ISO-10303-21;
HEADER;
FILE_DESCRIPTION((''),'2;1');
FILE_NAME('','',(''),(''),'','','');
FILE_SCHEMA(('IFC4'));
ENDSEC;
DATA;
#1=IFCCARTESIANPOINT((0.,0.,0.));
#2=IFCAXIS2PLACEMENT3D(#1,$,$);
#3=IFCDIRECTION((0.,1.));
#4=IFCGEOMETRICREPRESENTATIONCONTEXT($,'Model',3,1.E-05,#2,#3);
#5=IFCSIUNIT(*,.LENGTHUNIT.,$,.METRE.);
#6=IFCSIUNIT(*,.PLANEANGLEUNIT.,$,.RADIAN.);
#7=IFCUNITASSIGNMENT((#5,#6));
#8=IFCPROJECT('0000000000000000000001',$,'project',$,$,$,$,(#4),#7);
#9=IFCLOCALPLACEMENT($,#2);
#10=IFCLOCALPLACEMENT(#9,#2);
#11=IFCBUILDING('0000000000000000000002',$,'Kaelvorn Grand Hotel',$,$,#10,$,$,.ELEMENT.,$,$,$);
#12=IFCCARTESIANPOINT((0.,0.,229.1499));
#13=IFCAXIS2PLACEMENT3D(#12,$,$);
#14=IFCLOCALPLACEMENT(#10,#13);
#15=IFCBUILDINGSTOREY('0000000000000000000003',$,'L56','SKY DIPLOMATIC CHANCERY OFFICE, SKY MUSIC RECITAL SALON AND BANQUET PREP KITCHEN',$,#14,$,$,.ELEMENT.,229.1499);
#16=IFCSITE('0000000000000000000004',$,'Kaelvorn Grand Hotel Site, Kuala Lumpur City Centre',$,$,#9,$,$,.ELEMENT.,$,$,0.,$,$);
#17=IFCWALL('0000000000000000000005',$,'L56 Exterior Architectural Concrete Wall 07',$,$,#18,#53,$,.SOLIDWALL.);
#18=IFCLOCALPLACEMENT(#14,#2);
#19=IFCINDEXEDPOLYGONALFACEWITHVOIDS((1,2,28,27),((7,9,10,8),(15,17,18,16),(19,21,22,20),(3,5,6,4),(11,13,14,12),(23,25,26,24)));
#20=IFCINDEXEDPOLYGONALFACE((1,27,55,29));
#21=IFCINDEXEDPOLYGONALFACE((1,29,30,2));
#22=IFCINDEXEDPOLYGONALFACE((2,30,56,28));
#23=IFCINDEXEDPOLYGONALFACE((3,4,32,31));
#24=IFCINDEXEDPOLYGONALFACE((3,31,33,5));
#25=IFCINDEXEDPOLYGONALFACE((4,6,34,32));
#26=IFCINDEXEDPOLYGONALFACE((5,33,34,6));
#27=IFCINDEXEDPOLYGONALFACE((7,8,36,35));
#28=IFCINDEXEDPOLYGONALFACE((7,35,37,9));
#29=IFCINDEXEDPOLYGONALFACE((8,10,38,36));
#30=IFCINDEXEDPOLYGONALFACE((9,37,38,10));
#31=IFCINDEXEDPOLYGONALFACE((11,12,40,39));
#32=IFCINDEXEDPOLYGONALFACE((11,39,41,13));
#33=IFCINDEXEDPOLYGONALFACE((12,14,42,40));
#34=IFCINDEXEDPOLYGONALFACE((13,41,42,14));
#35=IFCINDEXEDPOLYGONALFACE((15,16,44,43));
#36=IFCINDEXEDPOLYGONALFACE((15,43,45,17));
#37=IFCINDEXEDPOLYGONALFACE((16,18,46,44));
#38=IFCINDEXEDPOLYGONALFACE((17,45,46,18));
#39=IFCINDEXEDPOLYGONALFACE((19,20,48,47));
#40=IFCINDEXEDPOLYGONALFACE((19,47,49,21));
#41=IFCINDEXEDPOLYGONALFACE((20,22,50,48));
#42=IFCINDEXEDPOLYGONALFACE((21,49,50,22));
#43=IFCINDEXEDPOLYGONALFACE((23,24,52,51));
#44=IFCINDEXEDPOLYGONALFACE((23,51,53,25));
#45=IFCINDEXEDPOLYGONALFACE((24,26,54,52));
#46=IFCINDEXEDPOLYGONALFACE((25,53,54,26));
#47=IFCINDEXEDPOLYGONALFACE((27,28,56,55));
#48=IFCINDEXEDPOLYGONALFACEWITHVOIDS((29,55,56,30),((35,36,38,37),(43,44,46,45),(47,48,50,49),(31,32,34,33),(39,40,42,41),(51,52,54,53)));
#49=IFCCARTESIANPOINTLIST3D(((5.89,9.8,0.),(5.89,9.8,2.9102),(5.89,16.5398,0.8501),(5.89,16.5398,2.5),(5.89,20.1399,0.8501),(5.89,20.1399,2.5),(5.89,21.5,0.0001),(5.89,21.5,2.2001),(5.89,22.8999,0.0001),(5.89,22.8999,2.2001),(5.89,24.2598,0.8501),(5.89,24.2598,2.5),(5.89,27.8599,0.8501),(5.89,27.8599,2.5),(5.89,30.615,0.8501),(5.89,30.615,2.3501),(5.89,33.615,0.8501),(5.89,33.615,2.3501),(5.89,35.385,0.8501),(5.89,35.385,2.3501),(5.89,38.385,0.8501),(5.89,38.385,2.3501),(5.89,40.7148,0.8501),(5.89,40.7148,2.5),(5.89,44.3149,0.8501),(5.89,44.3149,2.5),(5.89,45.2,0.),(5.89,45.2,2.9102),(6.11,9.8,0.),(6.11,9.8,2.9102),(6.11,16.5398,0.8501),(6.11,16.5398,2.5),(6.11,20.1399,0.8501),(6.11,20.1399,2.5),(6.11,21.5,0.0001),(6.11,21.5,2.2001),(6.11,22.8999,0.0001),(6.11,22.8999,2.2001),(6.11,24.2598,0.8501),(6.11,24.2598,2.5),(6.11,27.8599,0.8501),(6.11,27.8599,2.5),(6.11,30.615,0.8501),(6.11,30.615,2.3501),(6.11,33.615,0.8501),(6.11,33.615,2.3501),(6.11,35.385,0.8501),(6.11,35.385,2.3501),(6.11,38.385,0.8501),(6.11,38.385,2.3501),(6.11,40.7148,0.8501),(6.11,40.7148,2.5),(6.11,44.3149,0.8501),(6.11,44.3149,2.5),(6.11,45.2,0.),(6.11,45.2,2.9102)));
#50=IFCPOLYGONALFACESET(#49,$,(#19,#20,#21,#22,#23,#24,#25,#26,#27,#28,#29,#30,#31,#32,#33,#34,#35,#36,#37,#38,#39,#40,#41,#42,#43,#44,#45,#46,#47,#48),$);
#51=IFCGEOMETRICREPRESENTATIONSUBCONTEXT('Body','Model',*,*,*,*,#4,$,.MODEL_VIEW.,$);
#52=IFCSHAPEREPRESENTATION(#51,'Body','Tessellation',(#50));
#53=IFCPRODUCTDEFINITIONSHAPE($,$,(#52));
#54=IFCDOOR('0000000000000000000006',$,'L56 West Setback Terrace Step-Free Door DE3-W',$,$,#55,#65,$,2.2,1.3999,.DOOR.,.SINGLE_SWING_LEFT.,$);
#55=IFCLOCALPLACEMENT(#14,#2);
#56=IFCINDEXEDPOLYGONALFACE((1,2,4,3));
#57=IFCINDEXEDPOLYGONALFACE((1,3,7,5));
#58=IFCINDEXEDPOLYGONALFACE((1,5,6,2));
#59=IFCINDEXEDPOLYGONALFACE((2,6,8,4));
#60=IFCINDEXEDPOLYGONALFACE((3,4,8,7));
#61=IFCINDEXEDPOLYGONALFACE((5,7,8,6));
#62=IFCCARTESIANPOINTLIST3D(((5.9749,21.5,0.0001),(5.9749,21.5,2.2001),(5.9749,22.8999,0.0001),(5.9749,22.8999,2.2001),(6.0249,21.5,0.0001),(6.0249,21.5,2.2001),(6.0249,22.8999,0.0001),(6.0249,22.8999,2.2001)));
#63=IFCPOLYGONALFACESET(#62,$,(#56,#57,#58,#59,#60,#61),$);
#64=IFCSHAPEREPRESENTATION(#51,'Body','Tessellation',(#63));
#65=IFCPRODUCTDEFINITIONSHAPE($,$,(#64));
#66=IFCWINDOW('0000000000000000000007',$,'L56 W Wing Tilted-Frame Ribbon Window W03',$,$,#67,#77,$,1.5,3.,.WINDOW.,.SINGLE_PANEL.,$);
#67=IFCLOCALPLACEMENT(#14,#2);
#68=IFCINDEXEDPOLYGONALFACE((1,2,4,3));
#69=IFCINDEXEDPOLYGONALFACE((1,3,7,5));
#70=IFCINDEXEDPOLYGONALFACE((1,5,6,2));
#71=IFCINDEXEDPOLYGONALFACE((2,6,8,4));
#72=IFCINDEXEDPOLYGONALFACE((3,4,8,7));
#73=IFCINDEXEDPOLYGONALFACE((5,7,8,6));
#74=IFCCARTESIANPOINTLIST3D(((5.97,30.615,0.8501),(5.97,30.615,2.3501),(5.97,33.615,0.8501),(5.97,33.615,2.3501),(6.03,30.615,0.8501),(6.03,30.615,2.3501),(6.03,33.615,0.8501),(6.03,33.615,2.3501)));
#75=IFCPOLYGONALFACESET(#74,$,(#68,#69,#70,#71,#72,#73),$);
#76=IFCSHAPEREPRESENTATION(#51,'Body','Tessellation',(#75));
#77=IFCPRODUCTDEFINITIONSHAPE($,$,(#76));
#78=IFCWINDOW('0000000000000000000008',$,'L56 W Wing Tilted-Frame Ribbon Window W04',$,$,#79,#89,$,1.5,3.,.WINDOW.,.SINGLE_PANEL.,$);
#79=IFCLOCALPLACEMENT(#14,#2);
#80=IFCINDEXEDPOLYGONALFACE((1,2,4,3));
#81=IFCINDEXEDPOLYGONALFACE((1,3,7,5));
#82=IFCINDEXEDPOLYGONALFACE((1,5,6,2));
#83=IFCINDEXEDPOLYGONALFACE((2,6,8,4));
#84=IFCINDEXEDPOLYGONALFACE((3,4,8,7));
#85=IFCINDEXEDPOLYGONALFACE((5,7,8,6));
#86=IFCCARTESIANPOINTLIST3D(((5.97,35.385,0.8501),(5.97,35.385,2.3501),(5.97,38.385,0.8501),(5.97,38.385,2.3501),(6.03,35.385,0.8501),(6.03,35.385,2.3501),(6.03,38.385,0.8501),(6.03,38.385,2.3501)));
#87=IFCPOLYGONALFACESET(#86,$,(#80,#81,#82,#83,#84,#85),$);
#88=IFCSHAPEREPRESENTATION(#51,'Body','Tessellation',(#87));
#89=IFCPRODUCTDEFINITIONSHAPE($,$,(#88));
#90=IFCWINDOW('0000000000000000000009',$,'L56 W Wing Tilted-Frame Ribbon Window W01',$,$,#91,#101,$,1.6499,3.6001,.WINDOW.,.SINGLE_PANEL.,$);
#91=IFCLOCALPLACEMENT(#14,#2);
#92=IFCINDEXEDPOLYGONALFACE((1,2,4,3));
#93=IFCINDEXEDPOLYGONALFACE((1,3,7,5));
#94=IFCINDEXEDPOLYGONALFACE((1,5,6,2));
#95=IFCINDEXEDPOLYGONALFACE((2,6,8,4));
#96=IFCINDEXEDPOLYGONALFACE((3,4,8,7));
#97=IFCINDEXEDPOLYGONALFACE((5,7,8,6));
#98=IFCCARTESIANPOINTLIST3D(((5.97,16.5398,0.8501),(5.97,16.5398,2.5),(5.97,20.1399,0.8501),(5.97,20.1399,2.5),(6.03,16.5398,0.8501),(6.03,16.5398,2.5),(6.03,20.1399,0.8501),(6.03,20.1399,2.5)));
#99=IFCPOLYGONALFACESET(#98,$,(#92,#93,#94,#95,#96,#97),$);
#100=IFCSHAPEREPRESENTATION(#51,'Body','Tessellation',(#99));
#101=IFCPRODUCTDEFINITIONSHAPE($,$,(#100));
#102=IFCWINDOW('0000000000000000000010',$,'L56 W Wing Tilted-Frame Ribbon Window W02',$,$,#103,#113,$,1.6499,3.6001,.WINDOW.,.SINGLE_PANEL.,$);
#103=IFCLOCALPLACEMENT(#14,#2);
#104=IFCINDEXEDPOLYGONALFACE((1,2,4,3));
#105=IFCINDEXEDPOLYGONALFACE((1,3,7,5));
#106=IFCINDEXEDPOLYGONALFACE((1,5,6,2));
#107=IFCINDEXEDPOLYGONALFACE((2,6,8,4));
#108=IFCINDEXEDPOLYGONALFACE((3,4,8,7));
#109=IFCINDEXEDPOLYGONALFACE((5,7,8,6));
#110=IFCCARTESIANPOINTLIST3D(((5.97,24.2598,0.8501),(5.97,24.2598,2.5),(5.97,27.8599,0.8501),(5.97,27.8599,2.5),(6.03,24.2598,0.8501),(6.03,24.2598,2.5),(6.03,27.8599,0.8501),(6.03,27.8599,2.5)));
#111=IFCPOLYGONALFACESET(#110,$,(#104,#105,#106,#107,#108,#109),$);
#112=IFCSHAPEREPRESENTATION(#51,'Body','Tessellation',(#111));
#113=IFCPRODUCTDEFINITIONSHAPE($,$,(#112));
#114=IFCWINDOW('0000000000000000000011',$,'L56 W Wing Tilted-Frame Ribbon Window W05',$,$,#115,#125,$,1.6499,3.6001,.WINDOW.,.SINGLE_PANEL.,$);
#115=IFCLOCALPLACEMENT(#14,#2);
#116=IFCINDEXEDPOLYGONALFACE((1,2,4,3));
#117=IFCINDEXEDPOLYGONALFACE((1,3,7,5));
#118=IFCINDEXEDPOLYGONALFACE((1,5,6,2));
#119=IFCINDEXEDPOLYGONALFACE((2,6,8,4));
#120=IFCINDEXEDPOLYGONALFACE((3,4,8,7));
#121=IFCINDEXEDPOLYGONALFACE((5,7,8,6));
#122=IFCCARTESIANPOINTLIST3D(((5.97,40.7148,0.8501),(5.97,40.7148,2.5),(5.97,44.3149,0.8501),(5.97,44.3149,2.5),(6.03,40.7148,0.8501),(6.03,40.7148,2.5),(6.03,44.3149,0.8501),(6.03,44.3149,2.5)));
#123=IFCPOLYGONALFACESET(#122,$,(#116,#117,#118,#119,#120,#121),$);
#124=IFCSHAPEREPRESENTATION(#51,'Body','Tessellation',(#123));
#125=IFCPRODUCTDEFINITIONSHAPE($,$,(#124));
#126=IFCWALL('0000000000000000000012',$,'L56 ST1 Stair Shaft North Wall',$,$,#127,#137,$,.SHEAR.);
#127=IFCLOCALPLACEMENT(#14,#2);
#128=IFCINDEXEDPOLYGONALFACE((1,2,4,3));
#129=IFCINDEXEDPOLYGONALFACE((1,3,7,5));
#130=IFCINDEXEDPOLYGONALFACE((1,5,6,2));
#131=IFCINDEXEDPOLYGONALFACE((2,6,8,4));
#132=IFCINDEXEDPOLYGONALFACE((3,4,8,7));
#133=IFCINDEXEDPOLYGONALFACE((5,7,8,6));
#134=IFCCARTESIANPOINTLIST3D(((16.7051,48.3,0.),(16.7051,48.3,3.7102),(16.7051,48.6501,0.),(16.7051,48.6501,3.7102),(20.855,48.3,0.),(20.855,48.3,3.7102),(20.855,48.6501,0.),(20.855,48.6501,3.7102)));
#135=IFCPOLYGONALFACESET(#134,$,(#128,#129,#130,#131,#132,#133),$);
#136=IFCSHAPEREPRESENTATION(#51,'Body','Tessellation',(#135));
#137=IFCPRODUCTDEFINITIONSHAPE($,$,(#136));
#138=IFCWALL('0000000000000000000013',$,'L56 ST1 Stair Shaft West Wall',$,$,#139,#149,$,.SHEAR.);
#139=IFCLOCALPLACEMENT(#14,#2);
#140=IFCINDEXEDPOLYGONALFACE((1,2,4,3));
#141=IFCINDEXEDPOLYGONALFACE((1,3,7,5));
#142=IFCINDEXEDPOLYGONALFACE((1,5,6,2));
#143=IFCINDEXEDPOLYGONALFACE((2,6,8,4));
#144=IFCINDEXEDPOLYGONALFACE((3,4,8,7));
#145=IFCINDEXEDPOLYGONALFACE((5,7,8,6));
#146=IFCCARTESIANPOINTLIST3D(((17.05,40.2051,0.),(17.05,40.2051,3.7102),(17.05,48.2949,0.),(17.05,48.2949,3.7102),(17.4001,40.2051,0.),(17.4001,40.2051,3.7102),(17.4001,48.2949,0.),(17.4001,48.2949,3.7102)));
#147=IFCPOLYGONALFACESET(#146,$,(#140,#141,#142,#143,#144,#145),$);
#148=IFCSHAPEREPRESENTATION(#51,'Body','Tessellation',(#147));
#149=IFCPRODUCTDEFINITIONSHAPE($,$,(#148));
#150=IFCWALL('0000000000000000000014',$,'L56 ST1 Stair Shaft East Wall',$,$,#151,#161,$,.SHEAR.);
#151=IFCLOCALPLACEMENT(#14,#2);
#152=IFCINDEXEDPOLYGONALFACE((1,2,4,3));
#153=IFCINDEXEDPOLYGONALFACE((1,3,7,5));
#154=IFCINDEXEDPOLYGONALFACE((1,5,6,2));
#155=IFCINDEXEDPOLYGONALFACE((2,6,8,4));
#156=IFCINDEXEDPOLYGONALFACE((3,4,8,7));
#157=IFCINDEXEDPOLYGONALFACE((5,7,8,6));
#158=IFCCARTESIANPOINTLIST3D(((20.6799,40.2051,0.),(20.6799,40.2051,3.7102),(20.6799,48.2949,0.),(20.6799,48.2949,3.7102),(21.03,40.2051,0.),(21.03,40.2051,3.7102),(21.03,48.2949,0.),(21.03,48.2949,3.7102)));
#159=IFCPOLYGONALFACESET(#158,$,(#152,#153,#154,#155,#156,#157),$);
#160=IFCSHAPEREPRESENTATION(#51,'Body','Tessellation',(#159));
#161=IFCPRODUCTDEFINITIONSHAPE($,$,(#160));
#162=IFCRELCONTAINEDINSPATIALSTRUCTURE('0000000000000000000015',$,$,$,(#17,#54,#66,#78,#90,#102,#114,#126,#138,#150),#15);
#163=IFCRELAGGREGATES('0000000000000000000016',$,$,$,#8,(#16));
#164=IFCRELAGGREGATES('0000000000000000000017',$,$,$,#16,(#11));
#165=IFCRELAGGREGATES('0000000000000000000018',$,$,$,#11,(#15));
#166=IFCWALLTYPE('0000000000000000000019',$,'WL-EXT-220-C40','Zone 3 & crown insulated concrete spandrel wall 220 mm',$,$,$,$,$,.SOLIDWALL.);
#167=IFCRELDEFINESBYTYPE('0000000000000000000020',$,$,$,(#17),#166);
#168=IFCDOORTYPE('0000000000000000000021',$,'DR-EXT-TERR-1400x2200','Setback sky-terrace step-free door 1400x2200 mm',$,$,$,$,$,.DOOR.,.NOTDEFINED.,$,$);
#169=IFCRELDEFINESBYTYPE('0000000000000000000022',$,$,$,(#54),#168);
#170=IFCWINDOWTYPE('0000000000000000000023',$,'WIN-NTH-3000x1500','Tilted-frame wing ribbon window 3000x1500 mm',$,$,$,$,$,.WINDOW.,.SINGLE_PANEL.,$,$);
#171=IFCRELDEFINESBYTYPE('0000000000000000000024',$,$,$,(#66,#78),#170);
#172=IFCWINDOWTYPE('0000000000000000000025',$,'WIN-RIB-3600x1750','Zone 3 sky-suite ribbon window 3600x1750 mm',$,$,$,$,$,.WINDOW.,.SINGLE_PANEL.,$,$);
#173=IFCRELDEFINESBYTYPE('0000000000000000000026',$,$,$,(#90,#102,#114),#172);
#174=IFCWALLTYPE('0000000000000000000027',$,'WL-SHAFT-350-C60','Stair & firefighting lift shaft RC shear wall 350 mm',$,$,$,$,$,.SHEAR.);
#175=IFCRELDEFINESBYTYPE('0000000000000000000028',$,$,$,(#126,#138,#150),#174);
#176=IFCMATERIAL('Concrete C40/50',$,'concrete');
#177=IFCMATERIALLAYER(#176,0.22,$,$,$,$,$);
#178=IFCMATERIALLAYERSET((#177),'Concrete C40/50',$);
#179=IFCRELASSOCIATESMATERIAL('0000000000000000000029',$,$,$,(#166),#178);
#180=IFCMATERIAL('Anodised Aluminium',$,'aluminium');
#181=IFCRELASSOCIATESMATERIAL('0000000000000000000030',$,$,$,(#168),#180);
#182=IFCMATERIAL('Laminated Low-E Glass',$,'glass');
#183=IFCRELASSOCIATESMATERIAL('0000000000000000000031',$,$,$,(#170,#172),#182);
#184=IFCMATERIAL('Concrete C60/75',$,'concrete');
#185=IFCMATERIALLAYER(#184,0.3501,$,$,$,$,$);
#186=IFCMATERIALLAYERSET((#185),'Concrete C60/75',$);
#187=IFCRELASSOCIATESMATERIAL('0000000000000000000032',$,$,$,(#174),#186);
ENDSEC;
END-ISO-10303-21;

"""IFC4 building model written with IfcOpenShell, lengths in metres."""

from ifc_helpers import new_model, si_unit, direction, frame, frame_2d, origin, place, context, subcontext, project, spatial, rectangle, extrude, material, layer, layer_set, type_object, element, fill, save


model = new_model("IFC4")

# Units and contexts
model_context = context("Model", 3, precision=1e-05, world=origin(), true_north=direction((0.0, 1.0)))
body_context = subcontext(model_context, "Body", "Model", "MODEL_VIEW")
ifc_project = project(units=[si_unit("LENGTHUNIT", "METRE"), si_unit("PLANEANGLEUNIT", "RADIAN")], contexts=[model_context])

# Site, building, storey
site_placement = place(None, origin())
site = spatial("IfcSite", under=ifc_project, at=site_placement, Name="Kaelvorn Grand Hotel Site, Kuala Lumpur City Centre", CompositionType="ELEMENT", RefElevation=0.0)
building_placement = place(site_placement, origin())
building = spatial("IfcBuilding", under=site, at=building_placement, Name="Kaelvorn Grand Hotel", CompositionType="ELEMENT")
storey_placement = place(building_placement, frame((0.0, 0.0, 229.1499)))
storey = spatial("IfcBuildingStorey", under=building, at=storey_placement, Name="L56", Description="SKY DIPLOMATIC CHANCERY OFFICE, SKY MUSIC RECITAL SALON AND BANQUET PREP KITCHEN", CompositionType="ELEMENT", Elevation=229.1499)

# Shared definitions
ifc_material_1 = material(Name="Concrete C60/75", Category="concrete")

# Shared definitions
ifc_material_2 = material(Name="Concrete C40/50", Category="concrete")
ifc_layer_1 = layer(ifc_material_2, 0.22)
ifc_layer_set_1 = layer_set([ifc_layer_1], Name="Concrete C40/50")
wall_type_1 = type_object("IfcWallType", Name="WL-EXT-220-C40", Description="Zone 3 & crown insulated concrete spandrel wall 220 mm", PredefinedType="SOLIDWALL", material=ifc_layer_set_1)
ifc_material_3 = material(Name="Laminated Low-E Glass", Category="glass")

# Wall, openings, door, windows
wall_1_placement = place(storey_placement, frame((6.0, 45.2, 0.0), z_axis=(0.0, 0.0, 1.0), x_axis=(0.0, -1.0, 0.0)))
wall_1 = element("IfcWall", 1, at=wall_1_placement, inside=storey, type_object=wall_type_1, Name="L56 Exterior Architectural Concrete Wall 07", PredefinedType="SOLIDWALL", context=body_context, shape_type="SweptSolid", body=[
    extrude(rectangle(XDim=35.3999, YDim=0.22, at=frame_2d((17.7, 0.0))), origin(), (0.0, 0.0, 1.0), 2.9102),
])
opening_1_placement = place(wall_1_placement, frame((22.3, 0.0, 0.0)))
opening_1 = element("IfcOpeningElement", 2, at=opening_1_placement, cuts=wall_1, PredefinedType="OPENING", context=body_context, shape_type="SweptSolid", body=[
    extrude(rectangle(XDim=1.3999, YDim=2.2, at=frame_2d((0.7, 1.1001))), frame((0.0, 0.1201, 0.0), z_axis=(0.0, -1.0, 0.0), x_axis=(1.0, 0.0, 0.0)), (0.0, 0.0, 1.0), 0.24),
])
opening_2_placement = place(wall_1_placement, frame((25.0601, 0.0, 0.8501)))
opening_2 = element("IfcOpeningElement", 3, at=opening_2_placement, cuts=wall_1, PredefinedType="OPENING", context=body_context, shape_type="SweptSolid", body=[
    extrude(rectangle(XDim=3.6001, YDim=1.6499, at=frame_2d((1.8, 0.825))), frame((0.0, 0.1201, 0.0), z_axis=(0.0, -1.0, 0.0), x_axis=(1.0, 0.0, 0.0)), (0.0, 0.0, 1.0), 0.24),
])
opening_3_placement = place(wall_1_placement, frame((17.3401, 0.0, 0.8501)))
opening_3 = element("IfcOpeningElement", 4, at=opening_3_placement, cuts=wall_1, PredefinedType="OPENING", context=body_context, shape_type="SweptSolid", body=[
    extrude(rectangle(XDim=3.6001, YDim=1.6499, at=frame_2d((1.8, 0.825))), frame((0.0, 0.1201, 0.0), z_axis=(0.0, -1.0, 0.0), x_axis=(1.0, 0.0, 0.0)), (0.0, 0.0, 1.0), 0.24),
])
opening_4_placement = place(wall_1_placement, frame((11.585, 0.0, 0.8501)))
opening_4 = element("IfcOpeningElement", 5, at=opening_4_placement, cuts=wall_1, PredefinedType="OPENING", context=body_context, shape_type="SweptSolid", body=[
    extrude(rectangle(XDim=3.0, YDim=1.5, at=frame_2d((1.5, 0.75))), frame((0.0, 0.1201, 0.0), z_axis=(0.0, -1.0, 0.0), x_axis=(1.0, 0.0, 0.0)), (0.0, 0.0, 1.0), 0.24),
])
opening_5_placement = place(wall_1_placement, frame((6.8149, 0.0, 0.8501)))
opening_5 = element("IfcOpeningElement", 6, at=opening_5_placement, cuts=wall_1, PredefinedType="OPENING", context=body_context, shape_type="SweptSolid", body=[
    extrude(rectangle(XDim=3.0, YDim=1.5, at=frame_2d((1.5, 0.75))), frame((0.0, 0.1201, 0.0), z_axis=(0.0, -1.0, 0.0), x_axis=(1.0, 0.0, 0.0)), (0.0, 0.0, 1.0), 0.24),
])
opening_6_placement = place(wall_1_placement, frame((0.885, 0.0, 0.8501)))
opening_6 = element("IfcOpeningElement", 7, at=opening_6_placement, cuts=wall_1, PredefinedType="OPENING", context=body_context, shape_type="SweptSolid", body=[
    extrude(rectangle(XDim=3.6001, YDim=1.6499, at=frame_2d((1.8, 0.825))), frame((0.0, 0.1201, 0.0), z_axis=(0.0, -1.0, 0.0), x_axis=(1.0, 0.0, 0.0)), (0.0, 0.0, 1.0), 0.24),
])
ifc_material_4 = material(Name="Anodised Aluminium", Category="aluminium")
door_type = type_object("IfcDoorType", Name="DR-EXT-TERR-1400x2200", Description="Setback sky-terrace step-free door 1400x2200 mm", OperationType="NOTDEFINED", PredefinedType="DOOR", material=ifc_material_4)
door_placement = place(opening_1_placement, origin())
door = element("IfcDoor", 8, at=door_placement, inside=storey, type_object=door_type, Name="L56 West Setback Terrace Step-Free Door DE3-W", OperationType="SINGLE_SWING_LEFT", OverallHeight=2.2, OverallWidth=1.3999, PredefinedType="DOOR", context=body_context, shape_type="SweptSolid", body=[
    extrude(rectangle(XDim=1.3999, YDim=2.2, at=frame_2d((0.7, 1.1001))), frame((0.0, 0.0249, 0.0), z_axis=(0.0, -1.0, 0.0), x_axis=(1.0, 0.0, 0.0)), (0.0, 0.0, 1.0), 0.05),
])
fill(opening_1, door)
window_type_1 = type_object("IfcWindowType", Name="WIN-NTH-3000x1500", Description="Tilted-frame wing ribbon window 3000x1500 mm", PartitioningType="SINGLE_PANEL", PredefinedType="WINDOW", material=ifc_material_3)
window_1_placement = place(opening_4_placement, origin())
window_1 = element("IfcWindow", 9, at=window_1_placement, inside=storey, type_object=window_type_1, Name="L56 W Wing Tilted-Frame Ribbon Window W03", OverallHeight=1.5, OverallWidth=3.0, PartitioningType="SINGLE_PANEL", PredefinedType="WINDOW", context=body_context, shape_type="SweptSolid", body=[
    extrude(rectangle(XDim=3.0, YDim=1.5, at=frame_2d((1.5, 0.75))), frame((0.0, 0.03, 0.0), z_axis=(0.0, -1.0, 0.0), x_axis=(1.0, 0.0, 0.0)), (0.0, 0.0, 1.0), 0.0601),
])
fill(opening_4, window_1)
window_2_placement = place(opening_5_placement, origin())
window_2 = element("IfcWindow", 10, at=window_2_placement, inside=storey, type_object=window_type_1, Name="L56 W Wing Tilted-Frame Ribbon Window W04", OverallHeight=1.5, OverallWidth=3.0, PartitioningType="SINGLE_PANEL", PredefinedType="WINDOW", context=body_context, shape_type="SweptSolid", body=[
    extrude(rectangle(XDim=3.0, YDim=1.5, at=frame_2d((1.5, 0.75))), frame((0.0, 0.03, 0.0), z_axis=(0.0, -1.0, 0.0), x_axis=(1.0, 0.0, 0.0)), (0.0, 0.0, 1.0), 0.0601),
])
fill(opening_5, window_2)
window_type_2 = type_object("IfcWindowType", Name="WIN-RIB-3600x1750", Description="Zone 3 sky-suite ribbon window 3600x1750 mm", PartitioningType="SINGLE_PANEL", PredefinedType="WINDOW", material=ifc_material_3)
window_3_placement = place(opening_2_placement, origin())
window_3 = element("IfcWindow", 11, at=window_3_placement, inside=storey, type_object=window_type_2, Name="L56 W Wing Tilted-Frame Ribbon Window W01", OverallHeight=1.6499, OverallWidth=3.6001, PartitioningType="SINGLE_PANEL", PredefinedType="WINDOW", context=body_context, shape_type="SweptSolid", body=[
    extrude(rectangle(XDim=3.6001, YDim=1.6499, at=frame_2d((1.8, 0.825))), frame((0.0, 0.03, 0.0), z_axis=(0.0, -1.0, 0.0), x_axis=(1.0, 0.0, 0.0)), (0.0, 0.0, 1.0), 0.0601),
])
fill(opening_2, window_3)
window_4_placement = place(opening_3_placement, origin())
window_4 = element("IfcWindow", 12, at=window_4_placement, inside=storey, type_object=window_type_2, Name="L56 W Wing Tilted-Frame Ribbon Window W02", OverallHeight=1.6499, OverallWidth=3.6001, PartitioningType="SINGLE_PANEL", PredefinedType="WINDOW", context=body_context, shape_type="SweptSolid", body=[
    extrude(rectangle(XDim=3.6001, YDim=1.6499, at=frame_2d((1.8, 0.825))), frame((0.0, 0.03, 0.0), z_axis=(0.0, -1.0, 0.0), x_axis=(1.0, 0.0, 0.0)), (0.0, 0.0, 1.0), 0.0601),
])
fill(opening_3, window_4)
window_5_placement = place(opening_6_placement, origin())
window_5 = element("IfcWindow", 13, at=window_5_placement, inside=storey, type_object=window_type_2, Name="L56 W Wing Tilted-Frame Ribbon Window W05", OverallHeight=1.6499, OverallWidth=3.6001, PartitioningType="SINGLE_PANEL", PredefinedType="WINDOW", context=body_context, shape_type="SweptSolid", body=[
    extrude(rectangle(XDim=3.6001, YDim=1.6499, at=frame_2d((1.8, 0.825))), frame((0.0, 0.03, 0.0), z_axis=(0.0, -1.0, 0.0), x_axis=(1.0, 0.0, 0.0)), (0.0, 0.0, 1.0), 0.0601),
])
fill(opening_6, window_5)

# Walls
ifc_layer_2 = layer(ifc_material_1, 0.3501)
ifc_layer_set_2 = layer_set([ifc_layer_2], Name="Concrete C60/75")
wall_type_2 = type_object("IfcWallType", Name="WL-SHAFT-350-C60", Description="Stair & firefighting lift shaft RC shear wall 350 mm", PredefinedType="SHEAR", material=ifc_layer_set_2)
wall_2_placement = place(storey_placement, frame((16.7051, 48.4751, 0.0), z_axis=(0.0, 0.0, 1.0), x_axis=(1.0, 0.0, 0.0)))
element("IfcWall", 14, at=wall_2_placement, inside=storey, type_object=wall_type_2, Name="L56 ST1 Stair Shaft North Wall", PredefinedType="SHEAR", context=body_context, shape_type="SweptSolid", body=[
    extrude(rectangle(XDim=4.1499, YDim=0.3501, at=frame_2d((2.075, 0.0))), origin(), (0.0, 0.0, 1.0), 3.7102),
])
for number, where, z_axis, x_axis, name in (
    (15, (17.2251, 40.2051, 0.0), (0.0, 0.0, 1.0), (0.0, 1.0, 0.0), "L56 ST1 Stair Shaft West Wall"),
    (16, (20.855, 40.2051, 0.0), (0.0, 0.0, 1.0), (0.0, 1.0, 0.0), "L56 ST1 Stair Shaft East Wall"),
):
    element("IfcWall", number, at=place(storey_placement, frame(where, z_axis=z_axis, x_axis=x_axis)), inside=storey, type_object=wall_type_2, Name=name, PredefinedType="SHEAR", context=body_context, shape_type="SweptSolid", body=[
        extrude(rectangle(XDim=8.0898, YDim=0.3501, at=frame_2d((4.0449, 0.0))), origin(), (0.0, 0.0, 1.0), 3.7102),
    ])

save(model, "model.ifc")
